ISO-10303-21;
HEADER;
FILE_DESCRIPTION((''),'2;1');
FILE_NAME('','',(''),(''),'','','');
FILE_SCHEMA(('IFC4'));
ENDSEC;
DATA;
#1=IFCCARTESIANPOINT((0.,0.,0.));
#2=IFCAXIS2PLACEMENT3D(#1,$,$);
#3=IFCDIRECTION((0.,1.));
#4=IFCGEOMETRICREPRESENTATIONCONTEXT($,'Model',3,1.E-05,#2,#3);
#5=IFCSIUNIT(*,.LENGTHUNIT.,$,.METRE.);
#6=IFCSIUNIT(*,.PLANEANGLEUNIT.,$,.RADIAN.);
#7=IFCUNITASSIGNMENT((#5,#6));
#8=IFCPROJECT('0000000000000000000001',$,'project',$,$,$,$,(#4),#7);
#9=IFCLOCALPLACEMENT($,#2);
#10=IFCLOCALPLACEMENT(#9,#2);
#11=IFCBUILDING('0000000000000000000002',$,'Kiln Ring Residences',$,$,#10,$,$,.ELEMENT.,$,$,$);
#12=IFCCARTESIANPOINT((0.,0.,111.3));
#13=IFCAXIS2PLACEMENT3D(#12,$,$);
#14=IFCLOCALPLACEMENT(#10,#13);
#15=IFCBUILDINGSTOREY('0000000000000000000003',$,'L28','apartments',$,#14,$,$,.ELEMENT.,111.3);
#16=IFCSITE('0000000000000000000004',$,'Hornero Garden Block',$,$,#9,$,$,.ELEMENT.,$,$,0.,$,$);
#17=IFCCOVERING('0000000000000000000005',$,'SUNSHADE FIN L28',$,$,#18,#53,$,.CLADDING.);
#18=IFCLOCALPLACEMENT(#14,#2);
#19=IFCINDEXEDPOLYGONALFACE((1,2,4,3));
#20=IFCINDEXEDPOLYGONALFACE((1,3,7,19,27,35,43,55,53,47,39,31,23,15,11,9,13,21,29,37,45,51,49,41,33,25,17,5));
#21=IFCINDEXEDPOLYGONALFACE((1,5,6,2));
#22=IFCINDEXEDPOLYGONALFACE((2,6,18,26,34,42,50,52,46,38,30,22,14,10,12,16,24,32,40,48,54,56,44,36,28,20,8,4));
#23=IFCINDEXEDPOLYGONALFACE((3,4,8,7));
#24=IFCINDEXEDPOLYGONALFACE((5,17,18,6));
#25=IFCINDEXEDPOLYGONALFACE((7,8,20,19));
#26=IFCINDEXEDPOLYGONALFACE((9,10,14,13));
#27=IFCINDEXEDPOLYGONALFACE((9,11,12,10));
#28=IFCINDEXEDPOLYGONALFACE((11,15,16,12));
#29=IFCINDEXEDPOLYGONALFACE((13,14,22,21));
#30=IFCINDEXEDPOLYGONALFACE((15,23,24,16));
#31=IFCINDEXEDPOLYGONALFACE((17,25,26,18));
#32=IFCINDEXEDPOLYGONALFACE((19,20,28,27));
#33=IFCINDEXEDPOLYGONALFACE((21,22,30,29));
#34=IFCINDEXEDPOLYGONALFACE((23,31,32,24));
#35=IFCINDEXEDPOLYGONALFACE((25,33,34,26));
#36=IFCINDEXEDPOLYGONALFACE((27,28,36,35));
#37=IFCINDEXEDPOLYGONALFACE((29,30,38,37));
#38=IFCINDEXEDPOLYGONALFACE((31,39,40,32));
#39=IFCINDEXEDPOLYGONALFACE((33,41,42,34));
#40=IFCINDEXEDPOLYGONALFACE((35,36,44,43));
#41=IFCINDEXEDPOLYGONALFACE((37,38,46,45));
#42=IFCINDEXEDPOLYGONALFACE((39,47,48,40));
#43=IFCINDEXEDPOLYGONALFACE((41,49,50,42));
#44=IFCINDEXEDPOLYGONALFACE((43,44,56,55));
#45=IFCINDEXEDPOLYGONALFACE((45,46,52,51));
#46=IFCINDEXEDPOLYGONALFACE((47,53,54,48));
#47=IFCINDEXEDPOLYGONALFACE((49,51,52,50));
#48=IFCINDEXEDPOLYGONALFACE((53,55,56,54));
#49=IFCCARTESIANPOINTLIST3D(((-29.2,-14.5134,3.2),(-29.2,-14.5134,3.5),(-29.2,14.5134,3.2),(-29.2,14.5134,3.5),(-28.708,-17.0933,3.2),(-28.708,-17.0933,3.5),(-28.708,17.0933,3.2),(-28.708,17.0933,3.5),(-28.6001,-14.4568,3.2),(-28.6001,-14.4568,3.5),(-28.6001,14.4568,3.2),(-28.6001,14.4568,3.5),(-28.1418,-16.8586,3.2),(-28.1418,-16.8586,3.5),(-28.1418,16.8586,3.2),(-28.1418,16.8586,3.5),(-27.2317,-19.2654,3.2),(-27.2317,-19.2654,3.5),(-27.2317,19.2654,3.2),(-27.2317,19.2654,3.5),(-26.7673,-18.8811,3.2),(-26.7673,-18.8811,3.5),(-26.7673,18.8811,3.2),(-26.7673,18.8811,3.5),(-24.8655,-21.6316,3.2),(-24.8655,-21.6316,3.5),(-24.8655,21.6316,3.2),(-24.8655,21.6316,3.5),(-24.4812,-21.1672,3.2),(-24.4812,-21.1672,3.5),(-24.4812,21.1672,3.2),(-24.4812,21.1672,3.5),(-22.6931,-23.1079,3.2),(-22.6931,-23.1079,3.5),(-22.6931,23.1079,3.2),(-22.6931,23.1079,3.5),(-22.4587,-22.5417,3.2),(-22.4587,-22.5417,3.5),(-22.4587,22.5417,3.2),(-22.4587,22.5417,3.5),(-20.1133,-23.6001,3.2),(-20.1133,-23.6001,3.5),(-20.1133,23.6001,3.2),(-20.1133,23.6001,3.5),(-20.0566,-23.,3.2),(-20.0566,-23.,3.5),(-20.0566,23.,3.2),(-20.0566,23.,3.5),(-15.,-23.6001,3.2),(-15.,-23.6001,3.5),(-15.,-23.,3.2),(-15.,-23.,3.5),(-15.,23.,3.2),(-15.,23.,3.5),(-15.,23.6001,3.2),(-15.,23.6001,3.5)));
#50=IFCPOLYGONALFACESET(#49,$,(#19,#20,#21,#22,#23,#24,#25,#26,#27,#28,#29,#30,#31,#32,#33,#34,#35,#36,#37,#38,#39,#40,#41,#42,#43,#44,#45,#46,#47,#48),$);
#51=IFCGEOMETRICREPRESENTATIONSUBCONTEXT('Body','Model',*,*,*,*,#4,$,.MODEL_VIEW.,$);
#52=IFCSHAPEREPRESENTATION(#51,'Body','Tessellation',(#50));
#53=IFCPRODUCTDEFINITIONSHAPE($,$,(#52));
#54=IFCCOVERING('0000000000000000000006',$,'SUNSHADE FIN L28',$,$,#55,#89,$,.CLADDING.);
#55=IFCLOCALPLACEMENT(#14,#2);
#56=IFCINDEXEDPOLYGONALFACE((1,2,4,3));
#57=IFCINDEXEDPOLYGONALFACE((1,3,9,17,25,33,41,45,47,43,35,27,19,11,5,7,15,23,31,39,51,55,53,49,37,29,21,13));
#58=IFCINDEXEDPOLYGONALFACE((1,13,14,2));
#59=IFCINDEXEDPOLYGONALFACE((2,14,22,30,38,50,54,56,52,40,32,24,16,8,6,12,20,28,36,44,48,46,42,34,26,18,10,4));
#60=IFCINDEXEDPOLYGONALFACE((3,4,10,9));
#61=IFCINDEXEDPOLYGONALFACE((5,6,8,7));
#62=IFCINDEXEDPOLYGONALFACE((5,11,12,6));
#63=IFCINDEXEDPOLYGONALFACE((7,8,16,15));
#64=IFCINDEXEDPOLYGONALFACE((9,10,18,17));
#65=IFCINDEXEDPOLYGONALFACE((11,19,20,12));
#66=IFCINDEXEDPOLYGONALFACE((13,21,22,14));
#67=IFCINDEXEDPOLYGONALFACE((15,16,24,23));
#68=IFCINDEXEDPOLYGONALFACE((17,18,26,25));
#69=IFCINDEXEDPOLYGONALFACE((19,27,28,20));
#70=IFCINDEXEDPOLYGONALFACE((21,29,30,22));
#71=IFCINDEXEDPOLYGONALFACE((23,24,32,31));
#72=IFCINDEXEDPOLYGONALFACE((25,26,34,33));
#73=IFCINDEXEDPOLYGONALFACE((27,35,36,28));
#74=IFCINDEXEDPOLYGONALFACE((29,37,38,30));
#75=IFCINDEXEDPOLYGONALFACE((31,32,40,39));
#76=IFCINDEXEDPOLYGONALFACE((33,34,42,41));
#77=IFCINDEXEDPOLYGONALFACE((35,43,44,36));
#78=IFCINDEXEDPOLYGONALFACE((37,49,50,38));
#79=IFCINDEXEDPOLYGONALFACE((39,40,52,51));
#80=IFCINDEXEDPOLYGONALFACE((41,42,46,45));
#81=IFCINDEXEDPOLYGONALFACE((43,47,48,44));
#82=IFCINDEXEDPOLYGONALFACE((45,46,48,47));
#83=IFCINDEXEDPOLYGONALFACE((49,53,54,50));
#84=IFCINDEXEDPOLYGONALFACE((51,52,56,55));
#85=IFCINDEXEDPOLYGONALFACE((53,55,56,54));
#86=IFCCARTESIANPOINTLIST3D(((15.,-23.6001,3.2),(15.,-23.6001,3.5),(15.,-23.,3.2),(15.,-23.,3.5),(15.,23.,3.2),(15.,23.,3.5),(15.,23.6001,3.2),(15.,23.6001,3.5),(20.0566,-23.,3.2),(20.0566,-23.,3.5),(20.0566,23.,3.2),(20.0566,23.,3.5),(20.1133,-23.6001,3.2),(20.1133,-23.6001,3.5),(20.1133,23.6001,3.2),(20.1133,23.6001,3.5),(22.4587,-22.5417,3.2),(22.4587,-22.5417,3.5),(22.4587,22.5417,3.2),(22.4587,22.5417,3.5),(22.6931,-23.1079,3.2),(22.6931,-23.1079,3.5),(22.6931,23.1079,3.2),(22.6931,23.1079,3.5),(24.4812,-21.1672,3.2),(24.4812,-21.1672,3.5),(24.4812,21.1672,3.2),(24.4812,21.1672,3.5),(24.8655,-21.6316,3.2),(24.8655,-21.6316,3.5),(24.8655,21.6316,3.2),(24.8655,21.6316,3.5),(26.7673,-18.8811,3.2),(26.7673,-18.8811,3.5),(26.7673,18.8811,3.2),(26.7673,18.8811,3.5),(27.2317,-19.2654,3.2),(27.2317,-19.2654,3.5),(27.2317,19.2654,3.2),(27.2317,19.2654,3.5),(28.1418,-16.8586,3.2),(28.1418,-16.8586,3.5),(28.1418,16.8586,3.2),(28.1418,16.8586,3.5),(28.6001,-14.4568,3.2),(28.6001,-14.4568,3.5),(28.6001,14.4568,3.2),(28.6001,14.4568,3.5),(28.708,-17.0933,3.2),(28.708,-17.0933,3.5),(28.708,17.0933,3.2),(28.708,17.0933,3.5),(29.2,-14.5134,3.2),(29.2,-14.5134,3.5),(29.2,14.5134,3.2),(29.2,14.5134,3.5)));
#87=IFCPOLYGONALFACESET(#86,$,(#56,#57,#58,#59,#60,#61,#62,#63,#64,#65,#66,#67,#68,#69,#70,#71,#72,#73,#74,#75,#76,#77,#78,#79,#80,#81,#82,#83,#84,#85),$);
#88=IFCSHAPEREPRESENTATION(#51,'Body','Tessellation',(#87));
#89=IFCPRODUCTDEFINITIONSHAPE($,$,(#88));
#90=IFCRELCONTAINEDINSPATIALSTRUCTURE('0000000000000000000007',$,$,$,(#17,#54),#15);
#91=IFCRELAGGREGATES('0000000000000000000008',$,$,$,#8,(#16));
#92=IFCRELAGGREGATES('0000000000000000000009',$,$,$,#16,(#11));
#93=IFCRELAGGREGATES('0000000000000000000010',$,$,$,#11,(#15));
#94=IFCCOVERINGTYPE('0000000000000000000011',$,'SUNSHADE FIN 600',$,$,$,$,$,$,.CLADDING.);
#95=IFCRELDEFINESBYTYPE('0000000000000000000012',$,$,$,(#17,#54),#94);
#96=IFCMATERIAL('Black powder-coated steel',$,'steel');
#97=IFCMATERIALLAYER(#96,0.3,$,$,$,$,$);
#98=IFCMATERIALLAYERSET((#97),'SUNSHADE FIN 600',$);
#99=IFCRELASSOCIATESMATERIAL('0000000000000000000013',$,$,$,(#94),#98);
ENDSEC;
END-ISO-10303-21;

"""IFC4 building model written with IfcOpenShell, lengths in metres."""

from ifc_helpers import new_model, si_unit, direction, frame, origin, place, context, subcontext, project, spatial, polyline, outline, extrude, material, layer, layer_set, type_object, element, save


model = new_model("IFC4")

# Units and contexts
model_context = context("Model", 3, precision=1e-05, world=origin(), true_north=direction((0.0, 1.0)))
body_context = subcontext(model_context, "Body", "Model", "MODEL_VIEW")
ifc_project = project(units=[si_unit("LENGTHUNIT", "METRE"), si_unit("PLANEANGLEUNIT", "RADIAN")], contexts=[model_context])

# Site, building, storey
site_placement = place(None, origin())
site = spatial("IfcSite", under=ifc_project, at=site_placement, Name="Hornero Garden Block", CompositionType="ELEMENT", RefElevation=0.0)
building_placement = place(site_placement, origin())
building = spatial("IfcBuilding", under=site, at=building_placement, Name="Kiln Ring Residences", CompositionType="ELEMENT")
storey_placement = place(building_placement, frame((0.0, 0.0, 111.3)))
storey = spatial("IfcBuildingStorey", under=building, at=storey_placement, Name="L28", Description="apartments", CompositionType="ELEMENT", Elevation=111.3)

# Coverings
placement = place(storey_placement, frame((0.0, 0.0, 3.2)))
ifc_material_1 = material(Name="Black powder-coated steel", Category="steel")
ifc_layer_1 = layer(ifc_material_1, 0.3)
ifc_layer_set_1 = layer_set([ifc_layer_1], Name="SUNSHADE FIN 600")
covering_type_1 = type_object("IfcCoveringType", Name="SUNSHADE FIN 600", PredefinedType="CLADDING", material=ifc_layer_set_1)
element("IfcCovering", 1, at=placement, inside=storey, type_object=covering_type_1, Name="SUNSHADE FIN L28", PredefinedType="CLADDING", context=body_context, shape_type="SweptSolid", body=[
    extrude(outline(polyline([(-29.2, -14.5134), (-28.708, -17.0933), (-27.2317, -19.2654), (-24.8655, -21.6316), (-22.6931, -23.1079), (-20.1133, -23.6001), (-15.0, -23.6001), (-15.0, -23.0), (-20.0566, -23.0), (-22.4587, -22.5417), (-24.4812, -21.1672), (-26.7673, -18.8811), (-28.1418, -16.8586), (-28.6001, -14.4568), (-28.6001, 14.4568), (-28.1418, 16.8586), (-26.7673, 18.8811), (-24.4812, 21.1672), (-22.4587, 22.5417), (-20.0566, 23.0), (-15.0, 23.0), (-15.0, 23.6001), (-20.1133, 23.6001), (-22.6931, 23.1079), (-24.8655, 21.6316), (-27.2317, 19.2654), (-28.708, 17.0933), (-29.2, 14.5134), (-29.2, -14.5134)])), origin(), (0.0, 0.0, 1.0), 0.3),
])
element("IfcCovering", 2, at=placement, inside=storey, type_object=covering_type_1, Name="SUNSHADE FIN L28", PredefinedType="CLADDING", context=body_context, shape_type="SweptSolid", body=[
    extrude(outline(polyline([(20.1133, 23.6001), (15.0, 23.6001), (15.0, 23.0), (20.0566, 23.0), (22.4587, 22.5417), (24.4812, 21.1672), (26.7673, 18.8811), (28.1418, 16.8586), (28.6001, 14.4568), (28.6001, -14.4568), (28.1418, -16.8586), (26.7673, -18.8811), (24.4812, -21.1672), (22.4587, -22.5417), (20.0566, -23.0), (15.0, -23.0), (15.0, -23.6001), (20.1133, -23.6001), (22.6931, -23.1079), (24.8655, -21.6316), (27.2317, -19.2654), (28.708, -17.0933), (29.2, -14.5134), (29.2, 14.5134), (28.708, 17.0933), (27.2317, 19.2654), (24.8655, 21.6316), (22.6931, 23.1079), (20.1133, 23.6001)])), origin(), (0.0, 0.0, 1.0), 0.3),
])

save(model, "model.ifc")
